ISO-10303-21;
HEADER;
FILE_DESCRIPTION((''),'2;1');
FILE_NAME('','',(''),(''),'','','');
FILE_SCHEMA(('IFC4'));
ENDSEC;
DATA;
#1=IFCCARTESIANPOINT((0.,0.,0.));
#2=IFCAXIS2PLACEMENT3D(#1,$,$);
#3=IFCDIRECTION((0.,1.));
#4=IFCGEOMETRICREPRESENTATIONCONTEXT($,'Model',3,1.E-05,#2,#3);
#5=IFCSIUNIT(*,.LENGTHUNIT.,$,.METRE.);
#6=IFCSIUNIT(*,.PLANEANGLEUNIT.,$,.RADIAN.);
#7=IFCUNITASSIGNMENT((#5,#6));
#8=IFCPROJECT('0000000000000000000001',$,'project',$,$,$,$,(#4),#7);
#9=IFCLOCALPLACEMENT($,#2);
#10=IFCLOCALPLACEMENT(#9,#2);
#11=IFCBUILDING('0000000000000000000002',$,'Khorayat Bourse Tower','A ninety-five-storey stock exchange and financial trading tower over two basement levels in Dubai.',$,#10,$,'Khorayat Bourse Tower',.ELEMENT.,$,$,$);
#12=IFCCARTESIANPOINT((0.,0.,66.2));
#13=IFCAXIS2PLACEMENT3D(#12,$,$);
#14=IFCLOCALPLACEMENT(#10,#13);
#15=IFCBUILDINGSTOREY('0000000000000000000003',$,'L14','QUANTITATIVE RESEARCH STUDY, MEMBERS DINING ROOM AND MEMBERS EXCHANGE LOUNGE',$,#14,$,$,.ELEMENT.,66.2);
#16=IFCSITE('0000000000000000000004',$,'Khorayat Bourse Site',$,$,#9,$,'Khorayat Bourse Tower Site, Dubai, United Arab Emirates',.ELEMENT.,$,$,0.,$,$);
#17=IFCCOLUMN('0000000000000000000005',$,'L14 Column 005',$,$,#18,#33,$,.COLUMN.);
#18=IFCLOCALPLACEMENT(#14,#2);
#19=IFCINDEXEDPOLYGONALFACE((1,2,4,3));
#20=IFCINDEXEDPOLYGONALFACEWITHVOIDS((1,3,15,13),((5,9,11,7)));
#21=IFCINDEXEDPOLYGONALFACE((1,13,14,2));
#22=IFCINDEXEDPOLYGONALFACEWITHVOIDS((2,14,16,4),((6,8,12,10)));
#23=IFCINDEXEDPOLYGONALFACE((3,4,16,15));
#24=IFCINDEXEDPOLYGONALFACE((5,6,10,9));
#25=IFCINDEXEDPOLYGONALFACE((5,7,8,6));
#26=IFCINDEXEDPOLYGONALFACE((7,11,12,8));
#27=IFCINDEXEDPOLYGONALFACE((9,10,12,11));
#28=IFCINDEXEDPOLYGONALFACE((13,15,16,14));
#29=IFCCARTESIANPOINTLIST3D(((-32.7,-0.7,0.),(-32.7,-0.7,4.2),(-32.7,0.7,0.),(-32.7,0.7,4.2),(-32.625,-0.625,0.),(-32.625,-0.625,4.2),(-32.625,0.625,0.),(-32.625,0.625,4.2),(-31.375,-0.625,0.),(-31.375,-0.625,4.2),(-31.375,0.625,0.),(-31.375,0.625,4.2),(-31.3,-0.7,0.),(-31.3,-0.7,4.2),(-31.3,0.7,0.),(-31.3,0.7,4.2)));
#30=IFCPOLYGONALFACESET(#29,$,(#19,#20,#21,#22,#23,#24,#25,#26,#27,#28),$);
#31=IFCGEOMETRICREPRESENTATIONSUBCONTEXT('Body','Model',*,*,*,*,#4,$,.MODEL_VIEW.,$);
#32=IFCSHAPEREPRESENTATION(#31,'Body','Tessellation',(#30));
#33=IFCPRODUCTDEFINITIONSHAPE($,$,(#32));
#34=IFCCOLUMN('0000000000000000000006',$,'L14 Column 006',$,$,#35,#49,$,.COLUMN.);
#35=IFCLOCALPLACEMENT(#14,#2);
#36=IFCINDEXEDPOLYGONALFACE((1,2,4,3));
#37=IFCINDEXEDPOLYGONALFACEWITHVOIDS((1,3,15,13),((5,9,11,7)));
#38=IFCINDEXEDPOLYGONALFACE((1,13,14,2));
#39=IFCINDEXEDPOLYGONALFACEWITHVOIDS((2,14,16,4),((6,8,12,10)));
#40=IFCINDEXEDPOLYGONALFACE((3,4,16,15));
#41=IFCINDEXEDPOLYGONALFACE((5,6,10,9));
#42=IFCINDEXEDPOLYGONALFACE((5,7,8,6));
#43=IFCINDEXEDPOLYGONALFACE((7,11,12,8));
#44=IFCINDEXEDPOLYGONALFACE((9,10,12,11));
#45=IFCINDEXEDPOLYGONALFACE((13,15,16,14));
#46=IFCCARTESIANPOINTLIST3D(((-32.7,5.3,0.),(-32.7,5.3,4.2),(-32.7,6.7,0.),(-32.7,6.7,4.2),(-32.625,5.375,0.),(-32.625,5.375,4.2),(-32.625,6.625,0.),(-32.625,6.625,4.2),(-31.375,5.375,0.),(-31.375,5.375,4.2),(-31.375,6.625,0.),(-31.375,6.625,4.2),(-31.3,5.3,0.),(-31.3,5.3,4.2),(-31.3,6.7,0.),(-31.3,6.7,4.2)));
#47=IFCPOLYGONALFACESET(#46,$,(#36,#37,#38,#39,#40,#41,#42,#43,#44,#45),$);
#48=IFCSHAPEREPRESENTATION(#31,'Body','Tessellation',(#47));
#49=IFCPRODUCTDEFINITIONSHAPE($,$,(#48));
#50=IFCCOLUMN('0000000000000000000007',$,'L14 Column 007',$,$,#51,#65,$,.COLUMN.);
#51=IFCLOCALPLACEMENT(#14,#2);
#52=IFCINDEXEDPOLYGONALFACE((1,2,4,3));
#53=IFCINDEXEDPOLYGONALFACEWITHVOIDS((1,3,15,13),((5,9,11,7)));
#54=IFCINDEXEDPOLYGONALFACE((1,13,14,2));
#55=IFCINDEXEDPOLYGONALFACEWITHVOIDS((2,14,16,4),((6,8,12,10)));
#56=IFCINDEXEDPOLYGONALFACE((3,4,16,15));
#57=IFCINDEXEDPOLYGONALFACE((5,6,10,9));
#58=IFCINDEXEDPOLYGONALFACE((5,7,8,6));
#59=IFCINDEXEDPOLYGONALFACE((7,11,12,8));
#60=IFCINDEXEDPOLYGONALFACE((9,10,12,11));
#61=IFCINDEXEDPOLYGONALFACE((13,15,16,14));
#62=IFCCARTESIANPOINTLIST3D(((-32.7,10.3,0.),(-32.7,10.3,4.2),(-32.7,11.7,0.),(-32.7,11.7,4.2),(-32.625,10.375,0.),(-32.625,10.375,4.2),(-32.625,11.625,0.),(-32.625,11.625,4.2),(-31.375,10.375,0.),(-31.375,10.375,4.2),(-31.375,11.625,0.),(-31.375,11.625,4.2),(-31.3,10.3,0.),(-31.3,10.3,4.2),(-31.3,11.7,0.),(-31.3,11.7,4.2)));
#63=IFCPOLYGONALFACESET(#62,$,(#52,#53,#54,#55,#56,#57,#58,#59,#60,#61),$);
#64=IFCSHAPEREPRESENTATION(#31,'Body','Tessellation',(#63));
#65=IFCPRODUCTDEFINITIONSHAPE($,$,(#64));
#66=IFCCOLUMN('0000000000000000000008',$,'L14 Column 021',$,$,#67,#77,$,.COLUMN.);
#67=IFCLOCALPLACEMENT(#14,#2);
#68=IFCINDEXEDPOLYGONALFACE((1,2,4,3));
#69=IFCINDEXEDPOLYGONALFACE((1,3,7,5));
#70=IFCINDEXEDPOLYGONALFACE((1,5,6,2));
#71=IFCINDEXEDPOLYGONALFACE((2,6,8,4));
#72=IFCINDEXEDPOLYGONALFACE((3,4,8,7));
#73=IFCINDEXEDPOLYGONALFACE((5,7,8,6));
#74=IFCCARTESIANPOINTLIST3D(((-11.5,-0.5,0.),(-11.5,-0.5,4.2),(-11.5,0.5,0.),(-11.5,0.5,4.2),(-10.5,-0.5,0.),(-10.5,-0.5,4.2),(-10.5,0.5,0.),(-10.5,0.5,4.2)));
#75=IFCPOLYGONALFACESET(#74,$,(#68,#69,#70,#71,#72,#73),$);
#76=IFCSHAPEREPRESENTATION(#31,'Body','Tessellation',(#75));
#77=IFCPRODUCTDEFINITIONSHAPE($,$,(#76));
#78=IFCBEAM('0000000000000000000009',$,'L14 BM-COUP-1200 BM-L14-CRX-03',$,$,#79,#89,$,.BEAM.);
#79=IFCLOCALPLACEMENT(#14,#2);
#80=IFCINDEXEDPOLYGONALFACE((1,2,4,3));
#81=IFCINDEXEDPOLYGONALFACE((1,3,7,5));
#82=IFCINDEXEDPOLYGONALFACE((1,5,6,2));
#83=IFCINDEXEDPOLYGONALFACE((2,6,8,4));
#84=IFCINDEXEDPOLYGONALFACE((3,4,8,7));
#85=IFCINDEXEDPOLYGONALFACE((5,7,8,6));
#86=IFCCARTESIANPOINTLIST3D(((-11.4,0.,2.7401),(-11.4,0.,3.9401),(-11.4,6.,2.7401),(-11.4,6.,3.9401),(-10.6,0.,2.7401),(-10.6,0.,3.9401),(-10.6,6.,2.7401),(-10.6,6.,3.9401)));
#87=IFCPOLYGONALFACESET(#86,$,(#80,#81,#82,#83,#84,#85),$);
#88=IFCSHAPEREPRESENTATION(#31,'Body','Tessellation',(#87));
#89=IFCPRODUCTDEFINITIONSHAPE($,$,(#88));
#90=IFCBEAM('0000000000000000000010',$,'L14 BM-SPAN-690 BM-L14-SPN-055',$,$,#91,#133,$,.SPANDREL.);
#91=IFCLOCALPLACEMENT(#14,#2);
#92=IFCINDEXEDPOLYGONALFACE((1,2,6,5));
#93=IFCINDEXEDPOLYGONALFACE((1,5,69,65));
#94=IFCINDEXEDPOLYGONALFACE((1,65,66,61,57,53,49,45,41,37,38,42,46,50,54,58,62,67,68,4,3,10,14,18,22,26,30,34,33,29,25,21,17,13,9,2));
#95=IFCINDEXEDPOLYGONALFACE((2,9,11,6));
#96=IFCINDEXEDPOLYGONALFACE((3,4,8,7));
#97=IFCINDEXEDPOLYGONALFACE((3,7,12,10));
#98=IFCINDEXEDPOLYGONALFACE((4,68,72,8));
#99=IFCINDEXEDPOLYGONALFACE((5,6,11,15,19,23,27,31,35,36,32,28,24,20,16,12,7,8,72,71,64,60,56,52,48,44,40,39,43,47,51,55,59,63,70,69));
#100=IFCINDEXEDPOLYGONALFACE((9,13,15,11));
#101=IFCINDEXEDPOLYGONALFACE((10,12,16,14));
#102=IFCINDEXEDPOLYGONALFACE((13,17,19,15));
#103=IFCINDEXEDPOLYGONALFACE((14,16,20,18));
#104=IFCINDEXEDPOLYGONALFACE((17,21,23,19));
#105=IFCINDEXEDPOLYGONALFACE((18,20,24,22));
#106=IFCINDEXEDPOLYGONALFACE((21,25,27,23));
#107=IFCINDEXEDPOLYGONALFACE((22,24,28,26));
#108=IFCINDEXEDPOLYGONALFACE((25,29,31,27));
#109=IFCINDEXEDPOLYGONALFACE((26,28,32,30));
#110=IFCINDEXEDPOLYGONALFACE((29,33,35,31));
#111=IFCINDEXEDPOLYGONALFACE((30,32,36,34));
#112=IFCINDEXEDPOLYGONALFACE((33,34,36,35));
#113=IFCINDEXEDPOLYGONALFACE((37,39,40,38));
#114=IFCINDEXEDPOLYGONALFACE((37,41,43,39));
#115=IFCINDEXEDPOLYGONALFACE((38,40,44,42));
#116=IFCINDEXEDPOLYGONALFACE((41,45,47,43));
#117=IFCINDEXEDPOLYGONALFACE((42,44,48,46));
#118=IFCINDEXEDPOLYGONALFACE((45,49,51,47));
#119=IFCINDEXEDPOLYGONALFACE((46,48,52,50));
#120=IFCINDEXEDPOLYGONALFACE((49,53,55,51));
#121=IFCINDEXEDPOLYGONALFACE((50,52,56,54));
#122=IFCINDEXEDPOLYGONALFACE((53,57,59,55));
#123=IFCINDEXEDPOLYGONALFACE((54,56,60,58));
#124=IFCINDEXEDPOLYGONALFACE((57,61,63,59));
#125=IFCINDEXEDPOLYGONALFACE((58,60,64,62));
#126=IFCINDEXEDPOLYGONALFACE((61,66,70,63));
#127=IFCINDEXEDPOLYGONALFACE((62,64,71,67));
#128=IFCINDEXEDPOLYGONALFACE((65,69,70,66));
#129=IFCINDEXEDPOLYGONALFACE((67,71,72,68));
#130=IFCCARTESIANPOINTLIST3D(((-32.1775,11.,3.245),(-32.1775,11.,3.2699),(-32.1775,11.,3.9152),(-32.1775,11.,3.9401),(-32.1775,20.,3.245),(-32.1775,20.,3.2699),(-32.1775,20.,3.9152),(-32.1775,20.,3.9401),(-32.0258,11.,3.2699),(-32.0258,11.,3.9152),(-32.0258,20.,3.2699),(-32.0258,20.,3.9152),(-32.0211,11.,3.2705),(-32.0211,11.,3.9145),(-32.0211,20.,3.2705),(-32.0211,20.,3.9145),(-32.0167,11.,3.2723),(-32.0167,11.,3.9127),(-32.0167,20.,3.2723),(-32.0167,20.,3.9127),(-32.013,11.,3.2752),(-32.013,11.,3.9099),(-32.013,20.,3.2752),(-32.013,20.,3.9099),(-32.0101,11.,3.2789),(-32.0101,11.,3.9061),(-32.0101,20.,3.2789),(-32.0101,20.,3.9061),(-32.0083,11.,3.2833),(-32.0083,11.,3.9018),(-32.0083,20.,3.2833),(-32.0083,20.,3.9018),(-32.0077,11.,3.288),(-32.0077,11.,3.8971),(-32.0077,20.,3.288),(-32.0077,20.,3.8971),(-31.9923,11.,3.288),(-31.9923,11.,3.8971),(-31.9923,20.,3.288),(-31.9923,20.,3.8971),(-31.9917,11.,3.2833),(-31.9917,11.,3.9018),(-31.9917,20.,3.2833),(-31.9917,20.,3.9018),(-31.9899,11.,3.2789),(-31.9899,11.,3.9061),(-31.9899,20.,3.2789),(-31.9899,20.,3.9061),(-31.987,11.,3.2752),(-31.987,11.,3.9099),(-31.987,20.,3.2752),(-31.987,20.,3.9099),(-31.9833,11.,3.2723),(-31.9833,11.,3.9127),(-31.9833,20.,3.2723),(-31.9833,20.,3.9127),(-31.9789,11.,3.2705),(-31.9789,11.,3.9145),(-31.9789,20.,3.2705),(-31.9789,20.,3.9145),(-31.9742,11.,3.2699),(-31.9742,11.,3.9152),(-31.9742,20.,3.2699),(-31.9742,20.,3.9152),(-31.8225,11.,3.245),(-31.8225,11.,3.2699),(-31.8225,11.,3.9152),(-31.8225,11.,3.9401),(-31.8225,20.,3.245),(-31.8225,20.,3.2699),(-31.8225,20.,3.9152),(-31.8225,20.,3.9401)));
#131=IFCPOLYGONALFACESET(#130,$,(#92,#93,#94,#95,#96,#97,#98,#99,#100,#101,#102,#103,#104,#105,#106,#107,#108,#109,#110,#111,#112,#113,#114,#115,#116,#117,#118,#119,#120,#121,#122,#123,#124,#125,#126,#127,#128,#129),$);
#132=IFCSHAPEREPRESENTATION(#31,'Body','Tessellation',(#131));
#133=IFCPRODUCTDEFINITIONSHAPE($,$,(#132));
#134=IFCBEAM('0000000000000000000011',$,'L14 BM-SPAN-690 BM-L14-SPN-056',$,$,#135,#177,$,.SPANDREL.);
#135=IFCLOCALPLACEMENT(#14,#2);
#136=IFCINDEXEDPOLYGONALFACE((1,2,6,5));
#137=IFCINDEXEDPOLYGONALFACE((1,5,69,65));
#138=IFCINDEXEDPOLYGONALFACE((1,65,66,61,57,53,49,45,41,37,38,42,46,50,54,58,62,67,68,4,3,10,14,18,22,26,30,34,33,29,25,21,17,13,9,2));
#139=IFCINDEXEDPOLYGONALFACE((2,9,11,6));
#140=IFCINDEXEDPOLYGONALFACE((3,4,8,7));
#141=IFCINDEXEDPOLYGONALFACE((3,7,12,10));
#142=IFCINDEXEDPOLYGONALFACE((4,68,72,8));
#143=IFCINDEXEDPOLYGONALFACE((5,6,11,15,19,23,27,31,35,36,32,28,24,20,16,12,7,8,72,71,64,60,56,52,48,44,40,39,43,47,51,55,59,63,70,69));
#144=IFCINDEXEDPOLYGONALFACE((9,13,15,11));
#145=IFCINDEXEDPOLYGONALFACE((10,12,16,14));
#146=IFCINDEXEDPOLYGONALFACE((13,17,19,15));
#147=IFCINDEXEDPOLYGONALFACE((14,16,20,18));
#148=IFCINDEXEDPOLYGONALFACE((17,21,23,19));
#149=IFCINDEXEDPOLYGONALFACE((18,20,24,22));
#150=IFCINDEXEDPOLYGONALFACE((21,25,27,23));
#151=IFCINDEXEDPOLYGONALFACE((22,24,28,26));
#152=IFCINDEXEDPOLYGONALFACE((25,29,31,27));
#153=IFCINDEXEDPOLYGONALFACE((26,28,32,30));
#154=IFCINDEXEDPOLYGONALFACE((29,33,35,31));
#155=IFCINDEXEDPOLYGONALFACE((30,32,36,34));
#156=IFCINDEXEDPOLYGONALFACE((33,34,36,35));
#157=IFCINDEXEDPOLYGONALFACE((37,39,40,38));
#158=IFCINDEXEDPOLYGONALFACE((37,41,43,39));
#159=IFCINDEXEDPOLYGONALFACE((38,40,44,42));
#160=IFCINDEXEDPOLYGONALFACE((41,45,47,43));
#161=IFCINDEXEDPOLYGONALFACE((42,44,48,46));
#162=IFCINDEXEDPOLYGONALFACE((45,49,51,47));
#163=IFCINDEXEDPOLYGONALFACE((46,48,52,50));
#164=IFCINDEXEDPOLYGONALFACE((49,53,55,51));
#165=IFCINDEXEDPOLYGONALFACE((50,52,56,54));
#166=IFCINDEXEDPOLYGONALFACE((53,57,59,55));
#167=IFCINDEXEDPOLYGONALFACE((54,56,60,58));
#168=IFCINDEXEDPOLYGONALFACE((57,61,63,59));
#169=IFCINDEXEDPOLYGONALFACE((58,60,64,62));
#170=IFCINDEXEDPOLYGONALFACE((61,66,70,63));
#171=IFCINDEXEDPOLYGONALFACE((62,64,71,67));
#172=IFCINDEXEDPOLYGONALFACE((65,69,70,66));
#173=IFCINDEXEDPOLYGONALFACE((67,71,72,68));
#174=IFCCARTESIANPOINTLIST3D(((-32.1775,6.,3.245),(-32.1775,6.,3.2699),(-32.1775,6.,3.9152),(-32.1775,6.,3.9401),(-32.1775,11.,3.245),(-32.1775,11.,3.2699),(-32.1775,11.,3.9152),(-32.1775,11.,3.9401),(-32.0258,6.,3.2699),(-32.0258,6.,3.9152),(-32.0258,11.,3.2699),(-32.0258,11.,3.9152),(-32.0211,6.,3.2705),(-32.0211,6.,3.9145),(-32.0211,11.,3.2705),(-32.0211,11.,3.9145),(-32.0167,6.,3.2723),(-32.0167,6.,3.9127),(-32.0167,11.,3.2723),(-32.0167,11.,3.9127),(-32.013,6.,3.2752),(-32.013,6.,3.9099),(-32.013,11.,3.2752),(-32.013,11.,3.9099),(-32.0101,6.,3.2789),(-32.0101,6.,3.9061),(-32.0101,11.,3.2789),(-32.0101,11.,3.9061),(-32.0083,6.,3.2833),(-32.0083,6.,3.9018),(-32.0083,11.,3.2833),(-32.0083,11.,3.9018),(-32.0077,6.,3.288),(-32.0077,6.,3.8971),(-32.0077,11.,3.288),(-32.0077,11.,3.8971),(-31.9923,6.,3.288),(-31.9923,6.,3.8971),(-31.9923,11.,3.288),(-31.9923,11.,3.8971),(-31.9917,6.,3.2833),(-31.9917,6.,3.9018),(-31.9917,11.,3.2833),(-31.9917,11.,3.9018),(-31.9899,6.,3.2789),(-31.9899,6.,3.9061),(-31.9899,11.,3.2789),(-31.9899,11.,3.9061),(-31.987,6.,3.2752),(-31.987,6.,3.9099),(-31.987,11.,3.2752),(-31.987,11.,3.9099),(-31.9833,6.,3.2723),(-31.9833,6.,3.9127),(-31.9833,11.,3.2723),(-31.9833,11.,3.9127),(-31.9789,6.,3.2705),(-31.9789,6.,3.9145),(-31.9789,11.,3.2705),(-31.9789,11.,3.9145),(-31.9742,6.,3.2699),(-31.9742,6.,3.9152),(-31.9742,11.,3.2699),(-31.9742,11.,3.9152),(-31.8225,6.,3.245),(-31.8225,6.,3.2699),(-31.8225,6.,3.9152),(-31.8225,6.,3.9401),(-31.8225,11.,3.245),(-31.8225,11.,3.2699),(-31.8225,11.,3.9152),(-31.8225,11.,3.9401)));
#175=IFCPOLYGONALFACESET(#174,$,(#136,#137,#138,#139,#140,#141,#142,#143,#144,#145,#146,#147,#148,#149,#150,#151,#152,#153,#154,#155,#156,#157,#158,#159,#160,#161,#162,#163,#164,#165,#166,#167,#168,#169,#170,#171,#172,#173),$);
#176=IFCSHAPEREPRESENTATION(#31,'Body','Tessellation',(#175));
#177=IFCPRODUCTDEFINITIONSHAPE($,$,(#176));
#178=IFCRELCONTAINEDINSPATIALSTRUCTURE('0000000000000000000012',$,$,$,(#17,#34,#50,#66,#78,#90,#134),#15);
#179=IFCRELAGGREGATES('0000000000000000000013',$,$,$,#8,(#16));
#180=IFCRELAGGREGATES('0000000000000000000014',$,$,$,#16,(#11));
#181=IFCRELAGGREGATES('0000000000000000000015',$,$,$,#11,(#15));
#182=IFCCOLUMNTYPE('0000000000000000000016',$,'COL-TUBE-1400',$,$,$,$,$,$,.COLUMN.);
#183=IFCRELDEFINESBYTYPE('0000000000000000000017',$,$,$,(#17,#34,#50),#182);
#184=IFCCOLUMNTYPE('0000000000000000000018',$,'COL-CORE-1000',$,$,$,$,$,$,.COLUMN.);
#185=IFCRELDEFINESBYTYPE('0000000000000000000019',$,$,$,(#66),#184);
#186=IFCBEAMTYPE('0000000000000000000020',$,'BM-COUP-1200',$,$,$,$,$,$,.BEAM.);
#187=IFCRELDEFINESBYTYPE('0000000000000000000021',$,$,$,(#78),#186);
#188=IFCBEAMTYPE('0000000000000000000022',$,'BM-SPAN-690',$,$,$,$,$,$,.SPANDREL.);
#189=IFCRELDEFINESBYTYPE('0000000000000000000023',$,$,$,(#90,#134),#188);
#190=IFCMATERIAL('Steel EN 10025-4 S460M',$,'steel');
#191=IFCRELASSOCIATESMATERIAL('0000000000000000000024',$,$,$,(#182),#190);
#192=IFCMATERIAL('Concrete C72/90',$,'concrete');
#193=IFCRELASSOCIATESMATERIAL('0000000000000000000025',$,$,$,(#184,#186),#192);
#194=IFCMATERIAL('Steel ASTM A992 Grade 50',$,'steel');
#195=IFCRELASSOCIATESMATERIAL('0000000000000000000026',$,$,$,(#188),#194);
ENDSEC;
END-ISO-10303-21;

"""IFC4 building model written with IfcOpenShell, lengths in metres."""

from ifc_helpers import new_model, si_unit, direction, frame, origin, origin_2d, place, context, subcontext, project, spatial, rectangle, hollow_rectangle, i_section, extrude, source, transform, mapped, material, material_profile, profile_set, type_object, element, save


model = new_model("IFC4")

# Units and contexts
model_context = context("Model", 3, precision=1e-05, world=origin(), true_north=direction((0.0, 1.0)))
body_context = subcontext(model_context, "Body", "Model", "MODEL_VIEW")
ifc_project = project(units=[si_unit("LENGTHUNIT", "METRE"), si_unit("PLANEANGLEUNIT", "RADIAN")], contexts=[model_context])

# Site, building, storey
site_placement = place(None, origin())
site = spatial("IfcSite", under=ifc_project, at=site_placement, Name="Khorayat Bourse Site", LongName="Khorayat Bourse Tower Site, Dubai, United Arab Emirates", CompositionType="ELEMENT", RefElevation=0.0)
building_placement = place(site_placement, origin())
building = spatial("IfcBuilding", under=site, at=building_placement, Name="Khorayat Bourse Tower", Description="A ninety-five-storey stock exchange and financial trading tower over two basement levels in Dubai.", LongName="Khorayat Bourse Tower", CompositionType="ELEMENT")
storey_placement = place(building_placement, frame((0.0, 0.0, 66.2)))
storey = spatial("IfcBuildingStorey", under=building, at=storey_placement, Name="L14", Description="QUANTITATIVE RESEARCH STUDY, MEMBERS DINING ROOM AND MEMBERS EXCHANGE LOUNGE", CompositionType="ELEMENT", Elevation=66.2)

# Columns
ifc_material_1 = material(Name="Steel EN 10025-4 S460M", Category="steel")
ifc_material_profile_1 = material_profile(ifc_material_1, hollow_rectangle(XDim=1.3999, YDim=1.3999, WallThickness=0.075, at=origin_2d()), Name="BOX 1400x1400x75")
ifc_profile_set_1 = profile_set([ifc_material_profile_1], Name="Steel EN 10025-4 S460M")
column_type_1 = type_object("IfcColumnType", Name="COL-TUBE-1400", PredefinedType="COLUMN", material=ifc_profile_set_1)
shared_shape_1 = source(origin(), body_context, "Body", "SweptSolid", [
    extrude(hollow_rectangle(XDim=1.3999, YDim=1.3999, WallThickness=0.075, at=origin_2d()), origin(), (0.0, 0.0, 1.0), 4.2),
])
for number, where, z_axis, x_axis, name in (
    (1, (-32.0, 0.0, 0.0), (0.0, 0.0, 1.0), (1.0, 0.0, 0.0), "L14 Column 005"),
    (2, (-32.0, 6.0, 0.0), (0.0, 0.0, 1.0), (1.0, 0.0, 0.0), "L14 Column 006"),
    (3, (-32.0, 11.0, 0.0), (0.0, 0.0, 1.0), (1.0, 0.0, 0.0), "L14 Column 007"),
):
    element("IfcColumn", number, at=place(storey_placement, frame(where, z_axis=z_axis, x_axis=x_axis)), inside=storey, type_object=column_type_1, Name=name, PredefinedType="COLUMN", context=body_context, shape_type="MappedRepresentation", body=[
        mapped(shared_shape_1, transform((0.0, 0.0, 0.0), scale=1.0)),
    ])
ifc_material_2 = material(Name="Concrete C72/90", Category="concrete")
ifc_material_profile_2 = material_profile(ifc_material_2, rectangle(XDim=1.0, YDim=1.0, at=origin_2d()), Name="RC 1000x1000")
ifc_profile_set_2 = profile_set([ifc_material_profile_2], Name="Concrete C72/90")
column_type_2 = type_object("IfcColumnType", Name="COL-CORE-1000", PredefinedType="COLUMN", material=ifc_profile_set_2)
shared_shape_2 = source(origin(), body_context, "Body", "SweptSolid", [
    extrude(rectangle(XDim=1.0, YDim=1.0, at=origin_2d()), origin(), (0.0, 0.0, 1.0), 4.2),
])
column_placement = place(storey_placement, frame((-11.0, 0.0, 0.0), z_axis=(0.0, 0.0, 1.0), x_axis=(1.0, 0.0, 0.0)))
element("IfcColumn", 4, at=column_placement, inside=storey, type_object=column_type_2, Name="L14 Column 021", PredefinedType="COLUMN", context=body_context, shape_type="MappedRepresentation", body=[
    mapped(shared_shape_2, transform((0.0, 0.0, 0.0), scale=1.0)),
])

# Beams
ifc_material_profile_3 = material_profile(ifc_material_2, rectangle(XDim=0.8, YDim=1.2, at=origin_2d()), Name="RC 800x1200")
ifc_profile_set_3 = profile_set([ifc_material_profile_3], Name="Concrete C72/90")
beam_type_1 = type_object("IfcBeamType", Name="BM-COUP-1200", PredefinedType="BEAM", material=ifc_profile_set_3)
shared_shape_3 = source(origin(), body_context, "Body", "SweptSolid", [
    extrude(rectangle(XDim=0.8, YDim=1.2, at=origin_2d()), origin(), (0.0, 0.0, 1.0), 6.0),
])
beam_1_placement = place(storey_placement, frame((-11.0, 0.0, 3.3401), z_axis=(0.0, 1.0, 0.0), x_axis=(-1.0, 0.0, 0.0)))
element("IfcBeam", 5, at=beam_1_placement, inside=storey, type_object=beam_type_1, Name="L14 BM-COUP-1200 BM-L14-CRX-03", PredefinedType="BEAM", context=body_context, shape_type="MappedRepresentation", body=[
    mapped(shared_shape_3, transform((0.0, 0.0, 0.0), scale=1.0)),
])
ifc_material_3 = material(Name="Steel ASTM A992 Grade 50", Category="steel")
ifc_material_profile_4 = material_profile(ifc_material_3, i_section(OverallWidth=0.355, OverallDepth=0.6951, WebThickness=0.0154, FlangeThickness=0.0249, FilletRadius=0.0181, at=origin_2d()), Name="W690X217")
ifc_profile_set_4 = profile_set([ifc_material_profile_4], Name="Steel ASTM A992 Grade 50")
beam_type_2 = type_object("IfcBeamType", Name="BM-SPAN-690", PredefinedType="SPANDREL", material=ifc_profile_set_4)
shared_shape_4 = source(origin(), body_context, "Body", "SweptSolid", [
    extrude(i_section(OverallWidth=0.355, OverallDepth=0.6951, WebThickness=0.0154, FlangeThickness=0.0249, FilletRadius=0.0181, at=origin_2d()), origin(), (0.0, 0.0, 1.0), 9.0),
])
beam_2_placement = place(storey_placement, frame((-32.0, 11.0, 3.5925), z_axis=(0.0, 1.0, 0.0), x_axis=(-1.0, 0.0, 0.0)))
element("IfcBeam", 6, at=beam_2_placement, inside=storey, type_object=beam_type_2, Name="L14 BM-SPAN-690 BM-L14-SPN-055", PredefinedType="SPANDREL", context=body_context, shape_type="MappedRepresentation", body=[
    mapped(shared_shape_4, transform((0.0, 0.0, 0.0), scale=1.0)),
])
shared_shape_5 = source(origin(), body_context, "Body", "SweptSolid", [
    extrude(i_section(OverallWidth=0.355, OverallDepth=0.6951, WebThickness=0.0154, FlangeThickness=0.0249, FilletRadius=0.0181, at=origin_2d()), origin(), (0.0, 0.0, 1.0), 5.0),
])
beam_3_placement = place(storey_placement, frame((-32.0, 6.0, 3.5925), z_axis=(0.0, 1.0, 0.0), x_axis=(-1.0, 0.0, 0.0)))
element("IfcBeam", 7, at=beam_3_placement, inside=storey, type_object=beam_type_2, Name="L14 BM-SPAN-690 BM-L14-SPN-056", PredefinedType="SPANDREL", context=body_context, shape_type="MappedRepresentation", body=[
    mapped(shared_shape_5, transform((0.0, 0.0, 0.0), scale=1.0)),
])

save(model, "model.ifc")
